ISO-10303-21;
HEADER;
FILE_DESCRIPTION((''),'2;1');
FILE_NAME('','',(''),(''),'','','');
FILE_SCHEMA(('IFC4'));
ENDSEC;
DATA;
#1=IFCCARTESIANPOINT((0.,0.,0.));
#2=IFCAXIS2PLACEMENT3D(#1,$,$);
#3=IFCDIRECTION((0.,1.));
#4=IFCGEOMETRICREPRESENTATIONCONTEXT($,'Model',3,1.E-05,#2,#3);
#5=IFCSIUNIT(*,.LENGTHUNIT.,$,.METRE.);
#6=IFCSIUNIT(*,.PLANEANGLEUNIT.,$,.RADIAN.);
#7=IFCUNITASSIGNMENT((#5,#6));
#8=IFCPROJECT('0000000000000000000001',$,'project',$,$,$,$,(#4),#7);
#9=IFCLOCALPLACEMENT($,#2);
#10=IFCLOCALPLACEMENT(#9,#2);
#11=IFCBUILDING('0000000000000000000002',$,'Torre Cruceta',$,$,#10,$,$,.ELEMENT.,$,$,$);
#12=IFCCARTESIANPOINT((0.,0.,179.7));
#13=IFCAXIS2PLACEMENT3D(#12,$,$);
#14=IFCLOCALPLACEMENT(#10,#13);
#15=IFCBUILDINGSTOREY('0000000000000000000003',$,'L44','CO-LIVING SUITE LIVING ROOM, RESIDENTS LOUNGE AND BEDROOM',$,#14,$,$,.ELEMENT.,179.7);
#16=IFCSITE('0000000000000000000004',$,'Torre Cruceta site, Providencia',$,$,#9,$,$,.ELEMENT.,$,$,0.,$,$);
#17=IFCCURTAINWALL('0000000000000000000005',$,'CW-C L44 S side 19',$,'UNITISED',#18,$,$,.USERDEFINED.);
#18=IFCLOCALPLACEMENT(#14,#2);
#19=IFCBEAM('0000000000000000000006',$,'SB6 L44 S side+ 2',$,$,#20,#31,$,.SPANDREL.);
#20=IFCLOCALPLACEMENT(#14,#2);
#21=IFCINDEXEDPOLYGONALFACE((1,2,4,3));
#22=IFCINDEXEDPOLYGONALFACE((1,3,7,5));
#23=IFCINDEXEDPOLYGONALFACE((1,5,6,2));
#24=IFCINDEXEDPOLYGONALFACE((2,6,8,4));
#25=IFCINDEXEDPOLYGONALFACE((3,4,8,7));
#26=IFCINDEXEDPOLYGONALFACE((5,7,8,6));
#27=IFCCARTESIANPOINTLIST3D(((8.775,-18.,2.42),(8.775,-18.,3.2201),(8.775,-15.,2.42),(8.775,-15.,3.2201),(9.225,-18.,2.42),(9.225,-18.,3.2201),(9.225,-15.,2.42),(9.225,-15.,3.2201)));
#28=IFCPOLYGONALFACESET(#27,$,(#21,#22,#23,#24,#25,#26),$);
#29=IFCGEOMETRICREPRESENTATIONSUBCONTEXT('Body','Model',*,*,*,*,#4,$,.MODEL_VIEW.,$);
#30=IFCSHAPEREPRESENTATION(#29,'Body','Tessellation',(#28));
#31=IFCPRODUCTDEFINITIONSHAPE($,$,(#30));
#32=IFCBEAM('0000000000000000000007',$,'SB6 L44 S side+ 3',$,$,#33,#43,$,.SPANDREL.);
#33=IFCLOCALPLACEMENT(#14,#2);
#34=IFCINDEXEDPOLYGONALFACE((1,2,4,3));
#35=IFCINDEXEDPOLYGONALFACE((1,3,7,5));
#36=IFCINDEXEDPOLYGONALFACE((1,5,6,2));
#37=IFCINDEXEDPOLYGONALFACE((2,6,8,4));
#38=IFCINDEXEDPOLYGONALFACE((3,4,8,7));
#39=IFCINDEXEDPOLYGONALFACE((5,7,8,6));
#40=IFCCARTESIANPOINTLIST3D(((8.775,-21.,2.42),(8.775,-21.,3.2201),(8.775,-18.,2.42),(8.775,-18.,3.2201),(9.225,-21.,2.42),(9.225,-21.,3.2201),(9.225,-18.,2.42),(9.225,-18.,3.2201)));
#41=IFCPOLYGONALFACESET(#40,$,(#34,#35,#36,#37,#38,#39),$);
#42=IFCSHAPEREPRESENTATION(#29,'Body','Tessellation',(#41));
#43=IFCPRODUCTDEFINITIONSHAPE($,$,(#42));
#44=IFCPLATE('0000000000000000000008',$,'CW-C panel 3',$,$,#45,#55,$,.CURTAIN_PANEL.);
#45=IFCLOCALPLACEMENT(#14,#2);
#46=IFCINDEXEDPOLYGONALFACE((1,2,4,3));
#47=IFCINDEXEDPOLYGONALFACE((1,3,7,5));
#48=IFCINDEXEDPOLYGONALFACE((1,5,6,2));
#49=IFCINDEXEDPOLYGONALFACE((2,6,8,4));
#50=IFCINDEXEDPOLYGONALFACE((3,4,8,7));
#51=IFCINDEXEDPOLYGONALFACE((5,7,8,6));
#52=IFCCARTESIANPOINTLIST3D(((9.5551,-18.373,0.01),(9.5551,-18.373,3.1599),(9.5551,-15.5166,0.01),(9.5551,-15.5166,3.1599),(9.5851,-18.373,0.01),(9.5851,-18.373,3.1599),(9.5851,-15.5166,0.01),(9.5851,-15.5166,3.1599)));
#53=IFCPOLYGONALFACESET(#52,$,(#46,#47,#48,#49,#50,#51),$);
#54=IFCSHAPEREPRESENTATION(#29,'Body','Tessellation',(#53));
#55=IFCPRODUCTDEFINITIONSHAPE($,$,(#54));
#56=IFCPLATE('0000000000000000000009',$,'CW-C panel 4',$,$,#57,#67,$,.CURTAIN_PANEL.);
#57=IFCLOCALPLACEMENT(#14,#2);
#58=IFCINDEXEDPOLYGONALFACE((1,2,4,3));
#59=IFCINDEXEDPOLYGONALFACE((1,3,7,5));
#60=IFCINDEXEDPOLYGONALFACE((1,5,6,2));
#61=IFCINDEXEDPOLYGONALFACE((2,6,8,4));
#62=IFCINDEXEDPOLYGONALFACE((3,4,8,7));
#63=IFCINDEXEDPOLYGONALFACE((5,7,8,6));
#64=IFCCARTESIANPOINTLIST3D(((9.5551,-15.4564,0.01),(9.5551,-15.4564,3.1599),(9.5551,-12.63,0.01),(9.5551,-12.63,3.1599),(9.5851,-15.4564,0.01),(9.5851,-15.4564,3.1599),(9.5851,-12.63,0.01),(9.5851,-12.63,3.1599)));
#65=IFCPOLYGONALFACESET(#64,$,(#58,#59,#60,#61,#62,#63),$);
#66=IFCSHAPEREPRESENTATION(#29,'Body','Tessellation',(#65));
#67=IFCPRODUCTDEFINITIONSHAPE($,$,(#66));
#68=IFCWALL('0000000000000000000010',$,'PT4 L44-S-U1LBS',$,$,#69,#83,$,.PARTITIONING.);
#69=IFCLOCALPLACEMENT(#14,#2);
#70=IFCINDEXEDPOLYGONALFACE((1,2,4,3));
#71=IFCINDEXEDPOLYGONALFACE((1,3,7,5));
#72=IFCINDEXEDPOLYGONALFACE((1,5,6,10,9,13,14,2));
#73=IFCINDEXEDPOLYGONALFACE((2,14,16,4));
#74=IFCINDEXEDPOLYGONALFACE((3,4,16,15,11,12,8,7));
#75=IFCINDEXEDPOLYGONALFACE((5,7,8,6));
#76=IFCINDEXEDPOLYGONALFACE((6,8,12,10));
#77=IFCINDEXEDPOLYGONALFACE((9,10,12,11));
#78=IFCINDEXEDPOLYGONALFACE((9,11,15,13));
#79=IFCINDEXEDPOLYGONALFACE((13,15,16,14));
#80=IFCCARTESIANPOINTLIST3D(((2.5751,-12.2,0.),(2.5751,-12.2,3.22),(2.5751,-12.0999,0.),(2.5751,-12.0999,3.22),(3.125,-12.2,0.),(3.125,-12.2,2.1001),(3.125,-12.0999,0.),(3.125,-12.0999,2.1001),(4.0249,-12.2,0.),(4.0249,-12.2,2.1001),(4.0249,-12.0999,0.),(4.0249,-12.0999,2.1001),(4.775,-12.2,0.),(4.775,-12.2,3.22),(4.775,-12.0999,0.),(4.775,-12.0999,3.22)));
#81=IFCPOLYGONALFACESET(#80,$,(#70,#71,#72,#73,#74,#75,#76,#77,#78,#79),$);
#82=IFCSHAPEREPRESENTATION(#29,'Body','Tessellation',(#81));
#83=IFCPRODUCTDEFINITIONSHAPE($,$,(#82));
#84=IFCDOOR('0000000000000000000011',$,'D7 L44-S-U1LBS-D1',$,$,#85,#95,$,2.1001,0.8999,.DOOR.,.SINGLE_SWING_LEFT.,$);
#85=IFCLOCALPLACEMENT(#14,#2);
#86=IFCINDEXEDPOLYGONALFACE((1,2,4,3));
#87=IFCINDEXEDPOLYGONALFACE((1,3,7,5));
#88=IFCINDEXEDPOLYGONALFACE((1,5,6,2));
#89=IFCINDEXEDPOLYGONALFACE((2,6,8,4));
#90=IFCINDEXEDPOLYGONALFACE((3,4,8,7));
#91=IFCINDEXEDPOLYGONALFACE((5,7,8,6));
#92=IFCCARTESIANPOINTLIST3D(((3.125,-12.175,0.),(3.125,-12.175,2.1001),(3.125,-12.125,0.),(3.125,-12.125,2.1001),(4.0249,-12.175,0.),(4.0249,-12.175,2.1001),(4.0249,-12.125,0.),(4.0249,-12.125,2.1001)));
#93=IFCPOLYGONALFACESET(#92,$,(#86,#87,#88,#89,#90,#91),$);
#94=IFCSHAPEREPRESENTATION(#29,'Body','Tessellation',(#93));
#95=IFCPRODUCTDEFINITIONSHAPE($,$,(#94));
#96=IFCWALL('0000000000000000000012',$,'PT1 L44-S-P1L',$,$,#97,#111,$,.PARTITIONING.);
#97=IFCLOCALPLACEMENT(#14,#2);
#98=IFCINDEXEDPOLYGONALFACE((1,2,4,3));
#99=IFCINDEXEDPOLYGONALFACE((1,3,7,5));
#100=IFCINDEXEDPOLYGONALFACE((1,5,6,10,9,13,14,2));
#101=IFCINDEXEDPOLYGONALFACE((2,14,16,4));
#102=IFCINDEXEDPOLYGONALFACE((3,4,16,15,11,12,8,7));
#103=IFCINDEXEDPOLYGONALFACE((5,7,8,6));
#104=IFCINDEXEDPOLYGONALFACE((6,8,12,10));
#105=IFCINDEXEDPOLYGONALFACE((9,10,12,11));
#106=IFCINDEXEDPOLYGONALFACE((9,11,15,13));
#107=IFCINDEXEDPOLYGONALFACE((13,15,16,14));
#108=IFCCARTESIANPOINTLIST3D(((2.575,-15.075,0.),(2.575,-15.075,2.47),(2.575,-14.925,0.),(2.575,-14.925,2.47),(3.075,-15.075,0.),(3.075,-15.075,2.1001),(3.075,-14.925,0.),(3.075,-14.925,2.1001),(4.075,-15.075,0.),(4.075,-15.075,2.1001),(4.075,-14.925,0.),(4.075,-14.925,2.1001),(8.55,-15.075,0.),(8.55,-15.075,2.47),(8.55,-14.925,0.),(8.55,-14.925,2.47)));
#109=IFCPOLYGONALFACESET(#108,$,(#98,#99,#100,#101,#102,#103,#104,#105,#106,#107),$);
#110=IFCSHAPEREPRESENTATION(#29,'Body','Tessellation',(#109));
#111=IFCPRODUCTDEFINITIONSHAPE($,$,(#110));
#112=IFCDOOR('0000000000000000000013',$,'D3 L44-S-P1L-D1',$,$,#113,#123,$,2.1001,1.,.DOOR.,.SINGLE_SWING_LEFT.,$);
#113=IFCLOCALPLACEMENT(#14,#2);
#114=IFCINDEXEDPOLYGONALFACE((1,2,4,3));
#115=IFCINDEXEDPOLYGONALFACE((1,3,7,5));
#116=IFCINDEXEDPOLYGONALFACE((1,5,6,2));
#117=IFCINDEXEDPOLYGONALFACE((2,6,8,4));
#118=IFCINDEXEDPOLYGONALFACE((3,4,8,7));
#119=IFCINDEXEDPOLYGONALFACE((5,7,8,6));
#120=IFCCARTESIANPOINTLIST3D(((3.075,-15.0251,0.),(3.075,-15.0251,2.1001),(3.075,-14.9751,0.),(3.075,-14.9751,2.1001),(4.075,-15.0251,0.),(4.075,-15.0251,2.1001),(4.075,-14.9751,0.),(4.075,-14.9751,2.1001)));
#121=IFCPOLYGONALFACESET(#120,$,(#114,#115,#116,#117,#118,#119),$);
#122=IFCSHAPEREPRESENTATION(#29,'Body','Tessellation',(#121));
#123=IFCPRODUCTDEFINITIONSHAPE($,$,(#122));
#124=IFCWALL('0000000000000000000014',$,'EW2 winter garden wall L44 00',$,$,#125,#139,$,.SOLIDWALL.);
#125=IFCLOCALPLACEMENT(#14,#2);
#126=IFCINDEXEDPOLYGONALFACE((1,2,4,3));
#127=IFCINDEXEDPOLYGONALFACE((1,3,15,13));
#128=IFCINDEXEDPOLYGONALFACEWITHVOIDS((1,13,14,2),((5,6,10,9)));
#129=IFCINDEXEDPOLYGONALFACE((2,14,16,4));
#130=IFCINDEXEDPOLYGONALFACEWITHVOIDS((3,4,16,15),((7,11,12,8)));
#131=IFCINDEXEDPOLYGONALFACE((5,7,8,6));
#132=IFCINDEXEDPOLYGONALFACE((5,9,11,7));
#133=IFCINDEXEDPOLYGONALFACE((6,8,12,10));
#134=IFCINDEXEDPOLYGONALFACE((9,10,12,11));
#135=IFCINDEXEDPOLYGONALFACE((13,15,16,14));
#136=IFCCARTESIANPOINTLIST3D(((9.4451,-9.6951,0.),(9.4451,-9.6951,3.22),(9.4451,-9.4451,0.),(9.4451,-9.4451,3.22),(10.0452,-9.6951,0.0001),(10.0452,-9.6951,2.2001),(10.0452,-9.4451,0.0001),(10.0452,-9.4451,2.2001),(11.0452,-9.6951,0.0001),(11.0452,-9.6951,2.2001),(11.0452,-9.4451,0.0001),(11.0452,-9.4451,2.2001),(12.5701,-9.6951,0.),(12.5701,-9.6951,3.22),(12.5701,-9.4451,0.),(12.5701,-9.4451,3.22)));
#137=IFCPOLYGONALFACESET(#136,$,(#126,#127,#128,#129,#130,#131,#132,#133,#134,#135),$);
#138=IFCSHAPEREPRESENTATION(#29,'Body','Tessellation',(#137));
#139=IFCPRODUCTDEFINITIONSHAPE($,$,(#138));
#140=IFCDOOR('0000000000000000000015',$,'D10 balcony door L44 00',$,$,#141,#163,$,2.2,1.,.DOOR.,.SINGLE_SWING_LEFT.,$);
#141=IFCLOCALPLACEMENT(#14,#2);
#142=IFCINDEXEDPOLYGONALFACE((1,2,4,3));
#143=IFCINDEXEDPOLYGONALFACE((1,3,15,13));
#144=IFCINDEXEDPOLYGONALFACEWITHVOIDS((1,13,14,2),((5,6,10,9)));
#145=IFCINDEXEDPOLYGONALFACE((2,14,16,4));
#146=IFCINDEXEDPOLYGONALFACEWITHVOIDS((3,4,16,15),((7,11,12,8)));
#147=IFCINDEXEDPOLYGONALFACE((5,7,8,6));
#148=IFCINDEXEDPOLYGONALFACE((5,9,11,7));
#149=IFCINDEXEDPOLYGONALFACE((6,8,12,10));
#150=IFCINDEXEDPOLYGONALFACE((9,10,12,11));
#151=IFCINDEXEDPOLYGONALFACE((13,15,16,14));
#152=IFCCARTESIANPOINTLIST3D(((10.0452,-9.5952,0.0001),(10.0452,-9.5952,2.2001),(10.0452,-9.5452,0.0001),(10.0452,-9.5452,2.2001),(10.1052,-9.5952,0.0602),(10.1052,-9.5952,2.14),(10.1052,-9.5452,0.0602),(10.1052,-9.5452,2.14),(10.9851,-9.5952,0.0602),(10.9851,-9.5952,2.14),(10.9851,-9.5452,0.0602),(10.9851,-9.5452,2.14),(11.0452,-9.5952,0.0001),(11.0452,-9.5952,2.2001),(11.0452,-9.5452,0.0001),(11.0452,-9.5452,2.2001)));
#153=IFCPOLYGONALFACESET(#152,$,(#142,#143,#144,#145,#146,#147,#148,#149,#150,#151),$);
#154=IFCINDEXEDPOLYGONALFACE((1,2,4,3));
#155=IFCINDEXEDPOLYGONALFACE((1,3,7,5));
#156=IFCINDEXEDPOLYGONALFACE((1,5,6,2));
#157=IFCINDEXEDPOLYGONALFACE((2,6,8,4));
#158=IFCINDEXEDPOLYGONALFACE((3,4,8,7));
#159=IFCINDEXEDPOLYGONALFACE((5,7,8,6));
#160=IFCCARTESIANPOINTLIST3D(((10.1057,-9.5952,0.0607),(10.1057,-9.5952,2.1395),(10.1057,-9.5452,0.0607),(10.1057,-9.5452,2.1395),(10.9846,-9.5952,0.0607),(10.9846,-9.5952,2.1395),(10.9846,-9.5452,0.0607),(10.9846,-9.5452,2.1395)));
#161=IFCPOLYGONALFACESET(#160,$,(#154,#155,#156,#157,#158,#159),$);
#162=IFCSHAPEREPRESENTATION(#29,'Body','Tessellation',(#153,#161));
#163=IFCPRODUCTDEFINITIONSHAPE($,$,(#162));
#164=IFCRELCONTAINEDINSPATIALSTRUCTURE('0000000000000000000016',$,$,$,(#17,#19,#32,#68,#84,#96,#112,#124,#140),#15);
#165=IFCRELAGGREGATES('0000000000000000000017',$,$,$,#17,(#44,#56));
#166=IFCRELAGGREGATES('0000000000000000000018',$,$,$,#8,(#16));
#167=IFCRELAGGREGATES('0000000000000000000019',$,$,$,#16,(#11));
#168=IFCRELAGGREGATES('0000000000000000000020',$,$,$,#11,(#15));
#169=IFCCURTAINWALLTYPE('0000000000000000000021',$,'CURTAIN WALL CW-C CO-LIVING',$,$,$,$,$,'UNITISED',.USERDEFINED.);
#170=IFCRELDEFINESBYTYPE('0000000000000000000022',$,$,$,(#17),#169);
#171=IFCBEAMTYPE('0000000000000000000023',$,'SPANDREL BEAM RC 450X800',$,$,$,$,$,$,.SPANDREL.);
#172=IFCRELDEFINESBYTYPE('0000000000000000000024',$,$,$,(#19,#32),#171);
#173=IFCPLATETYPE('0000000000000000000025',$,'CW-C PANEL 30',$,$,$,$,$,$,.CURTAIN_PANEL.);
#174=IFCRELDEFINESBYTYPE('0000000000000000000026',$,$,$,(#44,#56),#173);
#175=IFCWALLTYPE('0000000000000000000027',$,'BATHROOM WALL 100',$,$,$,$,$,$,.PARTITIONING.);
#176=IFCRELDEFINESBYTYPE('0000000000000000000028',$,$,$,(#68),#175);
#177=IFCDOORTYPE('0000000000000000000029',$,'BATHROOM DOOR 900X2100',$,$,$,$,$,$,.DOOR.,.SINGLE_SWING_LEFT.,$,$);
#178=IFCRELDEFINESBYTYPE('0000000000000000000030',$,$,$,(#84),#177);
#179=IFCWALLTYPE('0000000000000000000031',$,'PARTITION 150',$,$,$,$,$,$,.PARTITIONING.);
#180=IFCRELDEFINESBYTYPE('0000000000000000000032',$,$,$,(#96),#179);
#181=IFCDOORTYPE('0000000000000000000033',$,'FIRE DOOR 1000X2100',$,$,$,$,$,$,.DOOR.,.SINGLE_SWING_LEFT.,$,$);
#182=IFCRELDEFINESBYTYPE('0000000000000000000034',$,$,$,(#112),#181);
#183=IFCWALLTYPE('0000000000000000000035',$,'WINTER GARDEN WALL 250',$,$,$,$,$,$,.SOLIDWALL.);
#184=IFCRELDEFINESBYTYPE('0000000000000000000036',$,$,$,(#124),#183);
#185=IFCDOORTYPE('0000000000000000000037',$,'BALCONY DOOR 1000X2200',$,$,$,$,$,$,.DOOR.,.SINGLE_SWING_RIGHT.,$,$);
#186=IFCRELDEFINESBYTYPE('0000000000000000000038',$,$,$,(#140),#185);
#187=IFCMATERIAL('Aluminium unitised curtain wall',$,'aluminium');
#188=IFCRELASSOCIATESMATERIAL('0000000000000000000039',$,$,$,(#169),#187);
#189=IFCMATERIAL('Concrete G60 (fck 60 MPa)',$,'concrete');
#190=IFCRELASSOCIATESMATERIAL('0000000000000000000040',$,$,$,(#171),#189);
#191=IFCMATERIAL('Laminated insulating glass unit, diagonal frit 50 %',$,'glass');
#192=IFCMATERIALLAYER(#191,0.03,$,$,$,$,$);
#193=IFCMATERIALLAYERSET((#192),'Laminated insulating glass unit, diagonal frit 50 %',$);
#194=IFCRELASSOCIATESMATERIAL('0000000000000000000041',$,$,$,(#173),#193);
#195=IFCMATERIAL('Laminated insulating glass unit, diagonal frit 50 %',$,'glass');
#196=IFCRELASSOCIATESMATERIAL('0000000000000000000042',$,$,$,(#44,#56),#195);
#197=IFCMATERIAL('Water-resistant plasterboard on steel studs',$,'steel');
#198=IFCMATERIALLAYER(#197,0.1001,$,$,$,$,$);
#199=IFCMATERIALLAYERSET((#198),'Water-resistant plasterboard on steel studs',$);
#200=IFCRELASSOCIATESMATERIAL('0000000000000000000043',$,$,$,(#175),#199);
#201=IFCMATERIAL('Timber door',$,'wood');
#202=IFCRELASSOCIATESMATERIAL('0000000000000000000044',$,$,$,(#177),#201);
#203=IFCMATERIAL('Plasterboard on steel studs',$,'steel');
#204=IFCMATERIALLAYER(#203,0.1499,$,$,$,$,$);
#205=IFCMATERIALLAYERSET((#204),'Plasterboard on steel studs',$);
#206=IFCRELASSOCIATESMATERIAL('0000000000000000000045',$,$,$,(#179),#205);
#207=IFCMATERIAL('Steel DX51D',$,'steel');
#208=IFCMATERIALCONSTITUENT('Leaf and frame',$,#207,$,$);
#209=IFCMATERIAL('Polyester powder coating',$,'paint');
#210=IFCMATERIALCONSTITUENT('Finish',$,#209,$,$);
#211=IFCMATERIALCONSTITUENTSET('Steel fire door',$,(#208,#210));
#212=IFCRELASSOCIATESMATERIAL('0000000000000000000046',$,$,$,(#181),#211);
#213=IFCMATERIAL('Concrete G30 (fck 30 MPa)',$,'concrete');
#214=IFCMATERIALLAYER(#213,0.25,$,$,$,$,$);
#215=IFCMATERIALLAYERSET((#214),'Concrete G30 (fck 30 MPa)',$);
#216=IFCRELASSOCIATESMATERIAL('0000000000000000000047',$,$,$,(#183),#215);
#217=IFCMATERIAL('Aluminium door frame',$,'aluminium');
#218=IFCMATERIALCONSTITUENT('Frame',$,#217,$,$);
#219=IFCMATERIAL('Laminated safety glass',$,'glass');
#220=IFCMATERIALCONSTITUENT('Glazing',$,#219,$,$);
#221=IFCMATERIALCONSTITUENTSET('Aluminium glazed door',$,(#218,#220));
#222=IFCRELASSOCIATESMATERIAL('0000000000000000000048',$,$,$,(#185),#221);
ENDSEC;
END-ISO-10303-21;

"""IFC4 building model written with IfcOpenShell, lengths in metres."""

from ifc_helpers import new_model, si_unit, direction, frame, frame_2d, origin, origin_2d, place, context, subcontext, project, spatial, rectangle, hollow_rectangle, extrude, material, layer, layer_set, constituent, constituent_set, material_profile, profile_set, type_object, element, fill, aggregate, save


model = new_model("IFC4")

# Units and contexts
model_context = context("Model", 3, precision=1e-05, world=origin(), true_north=direction((0.0, 1.0)))
body_context = subcontext(model_context, "Body", "Model", "MODEL_VIEW")
ifc_project = project(units=[si_unit("LENGTHUNIT", "METRE"), si_unit("PLANEANGLEUNIT", "RADIAN")], contexts=[model_context])

# Site, building, storey
site_placement = place(None, origin())
site = spatial("IfcSite", under=ifc_project, at=site_placement, Name="Torre Cruceta site, Providencia", CompositionType="ELEMENT", RefElevation=0.0)
building_placement = place(site_placement, origin())
building = spatial("IfcBuilding", under=site, at=building_placement, Name="Torre Cruceta", CompositionType="ELEMENT")
storey_placement = place(building_placement, frame((0.0, 0.0, 179.7)))
storey = spatial("IfcBuildingStorey", under=building, at=storey_placement, Name="L44", Description="CO-LIVING SUITE LIVING ROOM, RESIDENTS LOUNGE AND BEDROOM", CompositionType="ELEMENT", Elevation=179.7)

# Shared definitions
ifc_material_1 = material(Name="Aluminium unitised curtain wall", Category="aluminium")
curtain_wall_type = type_object("IfcCurtainWallType", Name="CURTAIN WALL CW-C CO-LIVING", ElementType="UNITISED", PredefinedType="USERDEFINED", material=ifc_material_1)

# Curtain wall
curtain_wall_1_placement = place(storey_placement, origin())
curtain_wall_1 = element("IfcCurtainWall", 1, at=curtain_wall_1_placement, inside=storey, type_object=curtain_wall_type, Name="CW-C L44 S side 19", ObjectType="UNITISED", PredefinedType="USERDEFINED")

# Beams
ifc_material_2 = material(Name="Concrete G60 (fck 60 MPa)", Category="concrete")
ifc_material_profile_1 = material_profile(ifc_material_2, rectangle(XDim=0.45, YDim=0.8, at=origin_2d()), Name="RC 450X800")
ifc_profile_set_1 = profile_set([ifc_material_profile_1], Name="Concrete G60 (fck 60 MPa)")
beam_type_1 = type_object("IfcBeamType", Name="SPANDREL BEAM RC 450X800", PredefinedType="SPANDREL", material=ifc_profile_set_1)
for number, where, z_axis, x_axis, name in (
    (2, (9.0, -15.0, 2.8201), (0.0, -1.0, 0.0), (1.0, 0.0, 0.0), "SB6 L44 S side+ 2"),
    (3, (9.0, -18.0, 2.8201), (0.0, -1.0, 0.0), (1.0, 0.0, 0.0), "SB6 L44 S side+ 3"),
):
    element("IfcBeam", number, at=place(storey_placement, frame(where, z_axis=z_axis, x_axis=x_axis)), inside=storey, type_object=beam_type_1, Name=name, PredefinedType="SPANDREL", context=body_context, shape_type="SweptSolid", body=[
        extrude(rectangle(XDim=0.45, YDim=0.8, at=origin_2d()), origin(), (0.0, 0.0, 1.0), 3.0),
    ])

# Plates
ifc_material_3 = material(Name="Laminated insulating glass unit, diagonal frit 50 %", Category="glass")
ifc_material_4 = material(Name="Laminated insulating glass unit, diagonal frit 50 %", Category="glass")
ifc_layer_1 = layer(ifc_material_4, 0.03)
ifc_layer_set_1 = layer_set([ifc_layer_1], Name="Laminated insulating glass unit, diagonal frit 50 %")
plate_type = type_object("IfcPlateType", Name="CW-C PANEL 30", PredefinedType="CURTAIN_PANEL", material=ifc_layer_set_1)
plate_1_placement = place(storey_placement, frame((9.5701, -16.9448, 0.01), z_axis=(0.0, 0.0, 1.0), x_axis=(0.0, 1.0, 0.0)))
plate_1 = element("IfcPlate", 4, at=plate_1_placement, type_object=plate_type, material=ifc_material_3, Name="CW-C panel 3", PredefinedType="CURTAIN_PANEL", context=body_context, shape_type="SweptSolid", body=[
    extrude(rectangle(XDim=2.8564, YDim=0.03, at=origin_2d()), origin(), (0.0, 0.0, 1.0), 3.1499),
])
plate_2_placement = place(storey_placement, frame((9.5701, -14.0432, 0.01), z_axis=(0.0, 0.0, 1.0), x_axis=(0.0, 1.0, 0.0)))
plate_2 = element("IfcPlate", 5, at=plate_2_placement, type_object=plate_type, material=ifc_material_3, Name="CW-C panel 4", PredefinedType="CURTAIN_PANEL", context=body_context, shape_type="SweptSolid", body=[
    extrude(rectangle(XDim=2.8264, YDim=0.03, at=origin_2d()), origin(), (0.0, 0.0, 1.0), 3.1499),
])
aggregate(curtain_wall_1, [plate_1, plate_2])

# Walls, openings, doors
ifc_material_5 = material(Name="Water-resistant plasterboard on steel studs", Category="steel")
ifc_layer_2 = layer(ifc_material_5, 0.1001)
ifc_layer_set_2 = layer_set([ifc_layer_2], Name="Water-resistant plasterboard on steel studs")
wall_type_1 = type_object("IfcWallType", Name="BATHROOM WALL 100", PredefinedType="PARTITIONING", material=ifc_layer_set_2)
wall_1_placement = place(storey_placement, frame((2.575, -12.1499, 0.0), z_axis=(0.0, 0.0, 1.0), x_axis=(1.0, 0.0, 0.0)))
wall_1 = element("IfcWall", 6, at=wall_1_placement, inside=storey, type_object=wall_type_1, Name="PT4 L44-S-U1LBS", PredefinedType="PARTITIONING", context=body_context, shape_type="SweptSolid", body=[
    extrude(rectangle(XDim=2.2, YDim=0.1001, at=frame_2d((1.1001, 0.0))), origin(), (0.0, 0.0, 1.0), 3.22),
])
opening_1_placement = place(wall_1_placement, frame((0.55, 0.0, 0.0)))
opening_1 = element("IfcOpeningElement", 7, at=opening_1_placement, cuts=wall_1, PredefinedType="OPENING", context=body_context, shape_type="SweptSolid", body=[
    extrude(rectangle(XDim=0.8999, YDim=2.1001, at=frame_2d((0.45, 1.05))), frame((0.0, 0.0601, 0.0), z_axis=(0.0, -1.0, 0.0), x_axis=(1.0, 0.0, 0.0)), (0.0, 0.0, 1.0), 0.1201),
])
ifc_material_6 = material(Name="Timber door", Category="wood")
door_type_1 = type_object("IfcDoorType", Name="BATHROOM DOOR 900X2100", OperationType="SINGLE_SWING_LEFT", PredefinedType="DOOR", material=ifc_material_6)
door_1_placement = place(opening_1_placement, origin())
door_1 = element("IfcDoor", 8, at=door_1_placement, inside=storey, type_object=door_type_1, Name="D7 L44-S-U1LBS-D1", OperationType="SINGLE_SWING_LEFT", OverallHeight=2.1001, OverallWidth=0.8999, PredefinedType="DOOR", context=body_context, shape_type="SweptSolid", body=[
    extrude(rectangle(XDim=0.8999, YDim=2.1001, at=frame_2d((0.45, 1.05))), frame((0.0, 0.0249, 0.0), z_axis=(0.0, -1.0, 0.0), x_axis=(1.0, 0.0, 0.0)), (0.0, 0.0, 1.0), 0.05),
])
fill(opening_1, door_1)
ifc_material_7 = material(Name="Plasterboard on steel studs", Category="steel")
ifc_layer_3 = layer(ifc_material_7, 0.1499)
ifc_layer_set_3 = layer_set([ifc_layer_3], Name="Plasterboard on steel studs")
wall_type_2 = type_object("IfcWallType", Name="PARTITION 150", PredefinedType="PARTITIONING", material=ifc_layer_set_3)
wall_2_placement = place(storey_placement, frame((2.575, -15.0, 0.0), z_axis=(0.0, 0.0, 1.0), x_axis=(1.0, 0.0, 0.0)))
wall_2 = element("IfcWall", 9, at=wall_2_placement, inside=storey, type_object=wall_type_2, Name="PT1 L44-S-P1L", PredefinedType="PARTITIONING", context=body_context, shape_type="SweptSolid", body=[
    extrude(rectangle(XDim=5.9751, YDim=0.1499, at=frame_2d((2.9875, 0.0))), origin(), (0.0, 0.0, 1.0), 2.47),
])
opening_2_placement = place(wall_2_placement, frame((0.5, 0.0, 0.0)))
opening_2 = element("IfcOpeningElement", 10, at=opening_2_placement, cuts=wall_2, PredefinedType="OPENING", context=body_context, shape_type="SweptSolid", body=[
    extrude(rectangle(XDim=1.0, YDim=2.1001, at=frame_2d((0.5, 1.05))), frame((0.0, 0.085, 0.0), z_axis=(0.0, -1.0, 0.0), x_axis=(1.0, 0.0, 0.0)), (0.0, 0.0, 1.0), 0.1699),
])
ifc_material_8 = material(Name="Steel DX51D", Category="steel")
ifc_constituent_1 = constituent(ifc_material_8, Name="Leaf and frame")
ifc_material_9 = material(Name="Polyester powder coating", Category="paint")
ifc_constituent_2 = constituent(ifc_material_9, Name="Finish")
ifc_constituent_set_1 = constituent_set(constituents=[ifc_constituent_1, ifc_constituent_2], Name="Steel fire door")
door_type_2 = type_object("IfcDoorType", Name="FIRE DOOR 1000X2100", OperationType="SINGLE_SWING_LEFT", PredefinedType="DOOR", material=ifc_constituent_set_1)
door_2_placement = place(opening_2_placement, origin())
door_2 = element("IfcDoor", 11, at=door_2_placement, inside=storey, type_object=door_type_2, Name="D3 L44-S-P1L-D1", OperationType="SINGLE_SWING_LEFT", OverallHeight=2.1001, OverallWidth=1.0, PredefinedType="DOOR", context=body_context, shape_type="SweptSolid", body=[
    extrude(rectangle(XDim=1.0, YDim=2.1001, at=frame_2d((0.5, 1.05))), frame((0.0, 0.0249, 0.0), z_axis=(0.0, -1.0, 0.0), x_axis=(1.0, 0.0, 0.0)), (0.0, 0.0, 1.0), 0.05),
])
fill(opening_2, door_2)
ifc_material_10 = material(Name="Concrete G30 (fck 30 MPa)", Category="concrete")
ifc_layer_4 = layer(ifc_material_10, 0.25)
ifc_layer_set_4 = layer_set([ifc_layer_4], Name="Concrete G30 (fck 30 MPa)")
wall_type_3 = type_object("IfcWallType", Name="WINTER GARDEN WALL 250", PredefinedType="SOLIDWALL", material=ifc_layer_set_4)
wall_3_placement = place(storey_placement, frame((9.4451, -9.5701, 0.0), z_axis=(0.0, 0.0, 1.0), x_axis=(1.0, 0.0, 0.0)))
wall_3 = element("IfcWall", 12, at=wall_3_placement, inside=storey, type_object=wall_type_3, Name="EW2 winter garden wall L44 00", PredefinedType="SOLIDWALL", context=body_context, shape_type="SweptSolid", body=[
    extrude(rectangle(XDim=3.125, YDim=0.25, at=frame_2d((1.5625, 0.0))), origin(), (0.0, 0.0, 1.0), 3.22),
])
opening_3_placement = place(wall_3_placement, frame((0.6001, 0.0, 0.0)))
opening_3 = element("IfcOpeningElement", 13, at=opening_3_placement, cuts=wall_3, PredefinedType="OPENING", context=body_context, shape_type="SweptSolid", body=[
    extrude(rectangle(XDim=1.0, YDim=2.2, at=frame_2d((0.5, 1.1001))), frame((0.0, 0.135, 0.0), z_axis=(0.0, -1.0, 0.0), x_axis=(1.0, 0.0, 0.0)), (0.0, 0.0, 1.0), 0.27),
])
ifc_material_11 = material(Name="Aluminium door frame", Category="aluminium")
ifc_constituent_3 = constituent(ifc_material_11, Name="Frame")
ifc_material_12 = material(Name="Laminated safety glass", Category="glass")
ifc_constituent_4 = constituent(ifc_material_12, Name="Glazing")
ifc_constituent_set_2 = constituent_set(constituents=[ifc_constituent_3, ifc_constituent_4], Name="Aluminium glazed door")
door_type_3 = type_object("IfcDoorType", Name="BALCONY DOOR 1000X2200", OperationType="SINGLE_SWING_RIGHT", PredefinedType="DOOR", material=ifc_constituent_set_2)
door_3_placement = place(opening_3_placement, origin())
door_3 = element("IfcDoor", 14, at=door_3_placement, inside=storey, type_object=door_type_3, Name="D10 balcony door L44 00", OperationType="SINGLE_SWING_LEFT", OverallHeight=2.2, OverallWidth=1.0, PredefinedType="DOOR", context=body_context, shape_type="SweptSolid", body=[
    extrude(hollow_rectangle(XDim=1.0, YDim=2.2, WallThickness=0.0601, at=frame_2d((0.5, 1.1001))), frame((0.0, 0.0249, 0.0), z_axis=(0.0, -1.0, 0.0), x_axis=(1.0, 0.0, 0.0)), (0.0, 0.0, 1.0), 0.05),
    extrude(rectangle(XDim=0.8789, YDim=2.0789, at=frame_2d((0.5, 1.1001))), frame((0.0, 0.0249, 0.0), z_axis=(0.0, -1.0, 0.0), x_axis=(1.0, 0.0, 0.0)), (0.0, 0.0, 1.0), 0.05),
])
fill(opening_3, door_3)

save(model, "model.ifc")
